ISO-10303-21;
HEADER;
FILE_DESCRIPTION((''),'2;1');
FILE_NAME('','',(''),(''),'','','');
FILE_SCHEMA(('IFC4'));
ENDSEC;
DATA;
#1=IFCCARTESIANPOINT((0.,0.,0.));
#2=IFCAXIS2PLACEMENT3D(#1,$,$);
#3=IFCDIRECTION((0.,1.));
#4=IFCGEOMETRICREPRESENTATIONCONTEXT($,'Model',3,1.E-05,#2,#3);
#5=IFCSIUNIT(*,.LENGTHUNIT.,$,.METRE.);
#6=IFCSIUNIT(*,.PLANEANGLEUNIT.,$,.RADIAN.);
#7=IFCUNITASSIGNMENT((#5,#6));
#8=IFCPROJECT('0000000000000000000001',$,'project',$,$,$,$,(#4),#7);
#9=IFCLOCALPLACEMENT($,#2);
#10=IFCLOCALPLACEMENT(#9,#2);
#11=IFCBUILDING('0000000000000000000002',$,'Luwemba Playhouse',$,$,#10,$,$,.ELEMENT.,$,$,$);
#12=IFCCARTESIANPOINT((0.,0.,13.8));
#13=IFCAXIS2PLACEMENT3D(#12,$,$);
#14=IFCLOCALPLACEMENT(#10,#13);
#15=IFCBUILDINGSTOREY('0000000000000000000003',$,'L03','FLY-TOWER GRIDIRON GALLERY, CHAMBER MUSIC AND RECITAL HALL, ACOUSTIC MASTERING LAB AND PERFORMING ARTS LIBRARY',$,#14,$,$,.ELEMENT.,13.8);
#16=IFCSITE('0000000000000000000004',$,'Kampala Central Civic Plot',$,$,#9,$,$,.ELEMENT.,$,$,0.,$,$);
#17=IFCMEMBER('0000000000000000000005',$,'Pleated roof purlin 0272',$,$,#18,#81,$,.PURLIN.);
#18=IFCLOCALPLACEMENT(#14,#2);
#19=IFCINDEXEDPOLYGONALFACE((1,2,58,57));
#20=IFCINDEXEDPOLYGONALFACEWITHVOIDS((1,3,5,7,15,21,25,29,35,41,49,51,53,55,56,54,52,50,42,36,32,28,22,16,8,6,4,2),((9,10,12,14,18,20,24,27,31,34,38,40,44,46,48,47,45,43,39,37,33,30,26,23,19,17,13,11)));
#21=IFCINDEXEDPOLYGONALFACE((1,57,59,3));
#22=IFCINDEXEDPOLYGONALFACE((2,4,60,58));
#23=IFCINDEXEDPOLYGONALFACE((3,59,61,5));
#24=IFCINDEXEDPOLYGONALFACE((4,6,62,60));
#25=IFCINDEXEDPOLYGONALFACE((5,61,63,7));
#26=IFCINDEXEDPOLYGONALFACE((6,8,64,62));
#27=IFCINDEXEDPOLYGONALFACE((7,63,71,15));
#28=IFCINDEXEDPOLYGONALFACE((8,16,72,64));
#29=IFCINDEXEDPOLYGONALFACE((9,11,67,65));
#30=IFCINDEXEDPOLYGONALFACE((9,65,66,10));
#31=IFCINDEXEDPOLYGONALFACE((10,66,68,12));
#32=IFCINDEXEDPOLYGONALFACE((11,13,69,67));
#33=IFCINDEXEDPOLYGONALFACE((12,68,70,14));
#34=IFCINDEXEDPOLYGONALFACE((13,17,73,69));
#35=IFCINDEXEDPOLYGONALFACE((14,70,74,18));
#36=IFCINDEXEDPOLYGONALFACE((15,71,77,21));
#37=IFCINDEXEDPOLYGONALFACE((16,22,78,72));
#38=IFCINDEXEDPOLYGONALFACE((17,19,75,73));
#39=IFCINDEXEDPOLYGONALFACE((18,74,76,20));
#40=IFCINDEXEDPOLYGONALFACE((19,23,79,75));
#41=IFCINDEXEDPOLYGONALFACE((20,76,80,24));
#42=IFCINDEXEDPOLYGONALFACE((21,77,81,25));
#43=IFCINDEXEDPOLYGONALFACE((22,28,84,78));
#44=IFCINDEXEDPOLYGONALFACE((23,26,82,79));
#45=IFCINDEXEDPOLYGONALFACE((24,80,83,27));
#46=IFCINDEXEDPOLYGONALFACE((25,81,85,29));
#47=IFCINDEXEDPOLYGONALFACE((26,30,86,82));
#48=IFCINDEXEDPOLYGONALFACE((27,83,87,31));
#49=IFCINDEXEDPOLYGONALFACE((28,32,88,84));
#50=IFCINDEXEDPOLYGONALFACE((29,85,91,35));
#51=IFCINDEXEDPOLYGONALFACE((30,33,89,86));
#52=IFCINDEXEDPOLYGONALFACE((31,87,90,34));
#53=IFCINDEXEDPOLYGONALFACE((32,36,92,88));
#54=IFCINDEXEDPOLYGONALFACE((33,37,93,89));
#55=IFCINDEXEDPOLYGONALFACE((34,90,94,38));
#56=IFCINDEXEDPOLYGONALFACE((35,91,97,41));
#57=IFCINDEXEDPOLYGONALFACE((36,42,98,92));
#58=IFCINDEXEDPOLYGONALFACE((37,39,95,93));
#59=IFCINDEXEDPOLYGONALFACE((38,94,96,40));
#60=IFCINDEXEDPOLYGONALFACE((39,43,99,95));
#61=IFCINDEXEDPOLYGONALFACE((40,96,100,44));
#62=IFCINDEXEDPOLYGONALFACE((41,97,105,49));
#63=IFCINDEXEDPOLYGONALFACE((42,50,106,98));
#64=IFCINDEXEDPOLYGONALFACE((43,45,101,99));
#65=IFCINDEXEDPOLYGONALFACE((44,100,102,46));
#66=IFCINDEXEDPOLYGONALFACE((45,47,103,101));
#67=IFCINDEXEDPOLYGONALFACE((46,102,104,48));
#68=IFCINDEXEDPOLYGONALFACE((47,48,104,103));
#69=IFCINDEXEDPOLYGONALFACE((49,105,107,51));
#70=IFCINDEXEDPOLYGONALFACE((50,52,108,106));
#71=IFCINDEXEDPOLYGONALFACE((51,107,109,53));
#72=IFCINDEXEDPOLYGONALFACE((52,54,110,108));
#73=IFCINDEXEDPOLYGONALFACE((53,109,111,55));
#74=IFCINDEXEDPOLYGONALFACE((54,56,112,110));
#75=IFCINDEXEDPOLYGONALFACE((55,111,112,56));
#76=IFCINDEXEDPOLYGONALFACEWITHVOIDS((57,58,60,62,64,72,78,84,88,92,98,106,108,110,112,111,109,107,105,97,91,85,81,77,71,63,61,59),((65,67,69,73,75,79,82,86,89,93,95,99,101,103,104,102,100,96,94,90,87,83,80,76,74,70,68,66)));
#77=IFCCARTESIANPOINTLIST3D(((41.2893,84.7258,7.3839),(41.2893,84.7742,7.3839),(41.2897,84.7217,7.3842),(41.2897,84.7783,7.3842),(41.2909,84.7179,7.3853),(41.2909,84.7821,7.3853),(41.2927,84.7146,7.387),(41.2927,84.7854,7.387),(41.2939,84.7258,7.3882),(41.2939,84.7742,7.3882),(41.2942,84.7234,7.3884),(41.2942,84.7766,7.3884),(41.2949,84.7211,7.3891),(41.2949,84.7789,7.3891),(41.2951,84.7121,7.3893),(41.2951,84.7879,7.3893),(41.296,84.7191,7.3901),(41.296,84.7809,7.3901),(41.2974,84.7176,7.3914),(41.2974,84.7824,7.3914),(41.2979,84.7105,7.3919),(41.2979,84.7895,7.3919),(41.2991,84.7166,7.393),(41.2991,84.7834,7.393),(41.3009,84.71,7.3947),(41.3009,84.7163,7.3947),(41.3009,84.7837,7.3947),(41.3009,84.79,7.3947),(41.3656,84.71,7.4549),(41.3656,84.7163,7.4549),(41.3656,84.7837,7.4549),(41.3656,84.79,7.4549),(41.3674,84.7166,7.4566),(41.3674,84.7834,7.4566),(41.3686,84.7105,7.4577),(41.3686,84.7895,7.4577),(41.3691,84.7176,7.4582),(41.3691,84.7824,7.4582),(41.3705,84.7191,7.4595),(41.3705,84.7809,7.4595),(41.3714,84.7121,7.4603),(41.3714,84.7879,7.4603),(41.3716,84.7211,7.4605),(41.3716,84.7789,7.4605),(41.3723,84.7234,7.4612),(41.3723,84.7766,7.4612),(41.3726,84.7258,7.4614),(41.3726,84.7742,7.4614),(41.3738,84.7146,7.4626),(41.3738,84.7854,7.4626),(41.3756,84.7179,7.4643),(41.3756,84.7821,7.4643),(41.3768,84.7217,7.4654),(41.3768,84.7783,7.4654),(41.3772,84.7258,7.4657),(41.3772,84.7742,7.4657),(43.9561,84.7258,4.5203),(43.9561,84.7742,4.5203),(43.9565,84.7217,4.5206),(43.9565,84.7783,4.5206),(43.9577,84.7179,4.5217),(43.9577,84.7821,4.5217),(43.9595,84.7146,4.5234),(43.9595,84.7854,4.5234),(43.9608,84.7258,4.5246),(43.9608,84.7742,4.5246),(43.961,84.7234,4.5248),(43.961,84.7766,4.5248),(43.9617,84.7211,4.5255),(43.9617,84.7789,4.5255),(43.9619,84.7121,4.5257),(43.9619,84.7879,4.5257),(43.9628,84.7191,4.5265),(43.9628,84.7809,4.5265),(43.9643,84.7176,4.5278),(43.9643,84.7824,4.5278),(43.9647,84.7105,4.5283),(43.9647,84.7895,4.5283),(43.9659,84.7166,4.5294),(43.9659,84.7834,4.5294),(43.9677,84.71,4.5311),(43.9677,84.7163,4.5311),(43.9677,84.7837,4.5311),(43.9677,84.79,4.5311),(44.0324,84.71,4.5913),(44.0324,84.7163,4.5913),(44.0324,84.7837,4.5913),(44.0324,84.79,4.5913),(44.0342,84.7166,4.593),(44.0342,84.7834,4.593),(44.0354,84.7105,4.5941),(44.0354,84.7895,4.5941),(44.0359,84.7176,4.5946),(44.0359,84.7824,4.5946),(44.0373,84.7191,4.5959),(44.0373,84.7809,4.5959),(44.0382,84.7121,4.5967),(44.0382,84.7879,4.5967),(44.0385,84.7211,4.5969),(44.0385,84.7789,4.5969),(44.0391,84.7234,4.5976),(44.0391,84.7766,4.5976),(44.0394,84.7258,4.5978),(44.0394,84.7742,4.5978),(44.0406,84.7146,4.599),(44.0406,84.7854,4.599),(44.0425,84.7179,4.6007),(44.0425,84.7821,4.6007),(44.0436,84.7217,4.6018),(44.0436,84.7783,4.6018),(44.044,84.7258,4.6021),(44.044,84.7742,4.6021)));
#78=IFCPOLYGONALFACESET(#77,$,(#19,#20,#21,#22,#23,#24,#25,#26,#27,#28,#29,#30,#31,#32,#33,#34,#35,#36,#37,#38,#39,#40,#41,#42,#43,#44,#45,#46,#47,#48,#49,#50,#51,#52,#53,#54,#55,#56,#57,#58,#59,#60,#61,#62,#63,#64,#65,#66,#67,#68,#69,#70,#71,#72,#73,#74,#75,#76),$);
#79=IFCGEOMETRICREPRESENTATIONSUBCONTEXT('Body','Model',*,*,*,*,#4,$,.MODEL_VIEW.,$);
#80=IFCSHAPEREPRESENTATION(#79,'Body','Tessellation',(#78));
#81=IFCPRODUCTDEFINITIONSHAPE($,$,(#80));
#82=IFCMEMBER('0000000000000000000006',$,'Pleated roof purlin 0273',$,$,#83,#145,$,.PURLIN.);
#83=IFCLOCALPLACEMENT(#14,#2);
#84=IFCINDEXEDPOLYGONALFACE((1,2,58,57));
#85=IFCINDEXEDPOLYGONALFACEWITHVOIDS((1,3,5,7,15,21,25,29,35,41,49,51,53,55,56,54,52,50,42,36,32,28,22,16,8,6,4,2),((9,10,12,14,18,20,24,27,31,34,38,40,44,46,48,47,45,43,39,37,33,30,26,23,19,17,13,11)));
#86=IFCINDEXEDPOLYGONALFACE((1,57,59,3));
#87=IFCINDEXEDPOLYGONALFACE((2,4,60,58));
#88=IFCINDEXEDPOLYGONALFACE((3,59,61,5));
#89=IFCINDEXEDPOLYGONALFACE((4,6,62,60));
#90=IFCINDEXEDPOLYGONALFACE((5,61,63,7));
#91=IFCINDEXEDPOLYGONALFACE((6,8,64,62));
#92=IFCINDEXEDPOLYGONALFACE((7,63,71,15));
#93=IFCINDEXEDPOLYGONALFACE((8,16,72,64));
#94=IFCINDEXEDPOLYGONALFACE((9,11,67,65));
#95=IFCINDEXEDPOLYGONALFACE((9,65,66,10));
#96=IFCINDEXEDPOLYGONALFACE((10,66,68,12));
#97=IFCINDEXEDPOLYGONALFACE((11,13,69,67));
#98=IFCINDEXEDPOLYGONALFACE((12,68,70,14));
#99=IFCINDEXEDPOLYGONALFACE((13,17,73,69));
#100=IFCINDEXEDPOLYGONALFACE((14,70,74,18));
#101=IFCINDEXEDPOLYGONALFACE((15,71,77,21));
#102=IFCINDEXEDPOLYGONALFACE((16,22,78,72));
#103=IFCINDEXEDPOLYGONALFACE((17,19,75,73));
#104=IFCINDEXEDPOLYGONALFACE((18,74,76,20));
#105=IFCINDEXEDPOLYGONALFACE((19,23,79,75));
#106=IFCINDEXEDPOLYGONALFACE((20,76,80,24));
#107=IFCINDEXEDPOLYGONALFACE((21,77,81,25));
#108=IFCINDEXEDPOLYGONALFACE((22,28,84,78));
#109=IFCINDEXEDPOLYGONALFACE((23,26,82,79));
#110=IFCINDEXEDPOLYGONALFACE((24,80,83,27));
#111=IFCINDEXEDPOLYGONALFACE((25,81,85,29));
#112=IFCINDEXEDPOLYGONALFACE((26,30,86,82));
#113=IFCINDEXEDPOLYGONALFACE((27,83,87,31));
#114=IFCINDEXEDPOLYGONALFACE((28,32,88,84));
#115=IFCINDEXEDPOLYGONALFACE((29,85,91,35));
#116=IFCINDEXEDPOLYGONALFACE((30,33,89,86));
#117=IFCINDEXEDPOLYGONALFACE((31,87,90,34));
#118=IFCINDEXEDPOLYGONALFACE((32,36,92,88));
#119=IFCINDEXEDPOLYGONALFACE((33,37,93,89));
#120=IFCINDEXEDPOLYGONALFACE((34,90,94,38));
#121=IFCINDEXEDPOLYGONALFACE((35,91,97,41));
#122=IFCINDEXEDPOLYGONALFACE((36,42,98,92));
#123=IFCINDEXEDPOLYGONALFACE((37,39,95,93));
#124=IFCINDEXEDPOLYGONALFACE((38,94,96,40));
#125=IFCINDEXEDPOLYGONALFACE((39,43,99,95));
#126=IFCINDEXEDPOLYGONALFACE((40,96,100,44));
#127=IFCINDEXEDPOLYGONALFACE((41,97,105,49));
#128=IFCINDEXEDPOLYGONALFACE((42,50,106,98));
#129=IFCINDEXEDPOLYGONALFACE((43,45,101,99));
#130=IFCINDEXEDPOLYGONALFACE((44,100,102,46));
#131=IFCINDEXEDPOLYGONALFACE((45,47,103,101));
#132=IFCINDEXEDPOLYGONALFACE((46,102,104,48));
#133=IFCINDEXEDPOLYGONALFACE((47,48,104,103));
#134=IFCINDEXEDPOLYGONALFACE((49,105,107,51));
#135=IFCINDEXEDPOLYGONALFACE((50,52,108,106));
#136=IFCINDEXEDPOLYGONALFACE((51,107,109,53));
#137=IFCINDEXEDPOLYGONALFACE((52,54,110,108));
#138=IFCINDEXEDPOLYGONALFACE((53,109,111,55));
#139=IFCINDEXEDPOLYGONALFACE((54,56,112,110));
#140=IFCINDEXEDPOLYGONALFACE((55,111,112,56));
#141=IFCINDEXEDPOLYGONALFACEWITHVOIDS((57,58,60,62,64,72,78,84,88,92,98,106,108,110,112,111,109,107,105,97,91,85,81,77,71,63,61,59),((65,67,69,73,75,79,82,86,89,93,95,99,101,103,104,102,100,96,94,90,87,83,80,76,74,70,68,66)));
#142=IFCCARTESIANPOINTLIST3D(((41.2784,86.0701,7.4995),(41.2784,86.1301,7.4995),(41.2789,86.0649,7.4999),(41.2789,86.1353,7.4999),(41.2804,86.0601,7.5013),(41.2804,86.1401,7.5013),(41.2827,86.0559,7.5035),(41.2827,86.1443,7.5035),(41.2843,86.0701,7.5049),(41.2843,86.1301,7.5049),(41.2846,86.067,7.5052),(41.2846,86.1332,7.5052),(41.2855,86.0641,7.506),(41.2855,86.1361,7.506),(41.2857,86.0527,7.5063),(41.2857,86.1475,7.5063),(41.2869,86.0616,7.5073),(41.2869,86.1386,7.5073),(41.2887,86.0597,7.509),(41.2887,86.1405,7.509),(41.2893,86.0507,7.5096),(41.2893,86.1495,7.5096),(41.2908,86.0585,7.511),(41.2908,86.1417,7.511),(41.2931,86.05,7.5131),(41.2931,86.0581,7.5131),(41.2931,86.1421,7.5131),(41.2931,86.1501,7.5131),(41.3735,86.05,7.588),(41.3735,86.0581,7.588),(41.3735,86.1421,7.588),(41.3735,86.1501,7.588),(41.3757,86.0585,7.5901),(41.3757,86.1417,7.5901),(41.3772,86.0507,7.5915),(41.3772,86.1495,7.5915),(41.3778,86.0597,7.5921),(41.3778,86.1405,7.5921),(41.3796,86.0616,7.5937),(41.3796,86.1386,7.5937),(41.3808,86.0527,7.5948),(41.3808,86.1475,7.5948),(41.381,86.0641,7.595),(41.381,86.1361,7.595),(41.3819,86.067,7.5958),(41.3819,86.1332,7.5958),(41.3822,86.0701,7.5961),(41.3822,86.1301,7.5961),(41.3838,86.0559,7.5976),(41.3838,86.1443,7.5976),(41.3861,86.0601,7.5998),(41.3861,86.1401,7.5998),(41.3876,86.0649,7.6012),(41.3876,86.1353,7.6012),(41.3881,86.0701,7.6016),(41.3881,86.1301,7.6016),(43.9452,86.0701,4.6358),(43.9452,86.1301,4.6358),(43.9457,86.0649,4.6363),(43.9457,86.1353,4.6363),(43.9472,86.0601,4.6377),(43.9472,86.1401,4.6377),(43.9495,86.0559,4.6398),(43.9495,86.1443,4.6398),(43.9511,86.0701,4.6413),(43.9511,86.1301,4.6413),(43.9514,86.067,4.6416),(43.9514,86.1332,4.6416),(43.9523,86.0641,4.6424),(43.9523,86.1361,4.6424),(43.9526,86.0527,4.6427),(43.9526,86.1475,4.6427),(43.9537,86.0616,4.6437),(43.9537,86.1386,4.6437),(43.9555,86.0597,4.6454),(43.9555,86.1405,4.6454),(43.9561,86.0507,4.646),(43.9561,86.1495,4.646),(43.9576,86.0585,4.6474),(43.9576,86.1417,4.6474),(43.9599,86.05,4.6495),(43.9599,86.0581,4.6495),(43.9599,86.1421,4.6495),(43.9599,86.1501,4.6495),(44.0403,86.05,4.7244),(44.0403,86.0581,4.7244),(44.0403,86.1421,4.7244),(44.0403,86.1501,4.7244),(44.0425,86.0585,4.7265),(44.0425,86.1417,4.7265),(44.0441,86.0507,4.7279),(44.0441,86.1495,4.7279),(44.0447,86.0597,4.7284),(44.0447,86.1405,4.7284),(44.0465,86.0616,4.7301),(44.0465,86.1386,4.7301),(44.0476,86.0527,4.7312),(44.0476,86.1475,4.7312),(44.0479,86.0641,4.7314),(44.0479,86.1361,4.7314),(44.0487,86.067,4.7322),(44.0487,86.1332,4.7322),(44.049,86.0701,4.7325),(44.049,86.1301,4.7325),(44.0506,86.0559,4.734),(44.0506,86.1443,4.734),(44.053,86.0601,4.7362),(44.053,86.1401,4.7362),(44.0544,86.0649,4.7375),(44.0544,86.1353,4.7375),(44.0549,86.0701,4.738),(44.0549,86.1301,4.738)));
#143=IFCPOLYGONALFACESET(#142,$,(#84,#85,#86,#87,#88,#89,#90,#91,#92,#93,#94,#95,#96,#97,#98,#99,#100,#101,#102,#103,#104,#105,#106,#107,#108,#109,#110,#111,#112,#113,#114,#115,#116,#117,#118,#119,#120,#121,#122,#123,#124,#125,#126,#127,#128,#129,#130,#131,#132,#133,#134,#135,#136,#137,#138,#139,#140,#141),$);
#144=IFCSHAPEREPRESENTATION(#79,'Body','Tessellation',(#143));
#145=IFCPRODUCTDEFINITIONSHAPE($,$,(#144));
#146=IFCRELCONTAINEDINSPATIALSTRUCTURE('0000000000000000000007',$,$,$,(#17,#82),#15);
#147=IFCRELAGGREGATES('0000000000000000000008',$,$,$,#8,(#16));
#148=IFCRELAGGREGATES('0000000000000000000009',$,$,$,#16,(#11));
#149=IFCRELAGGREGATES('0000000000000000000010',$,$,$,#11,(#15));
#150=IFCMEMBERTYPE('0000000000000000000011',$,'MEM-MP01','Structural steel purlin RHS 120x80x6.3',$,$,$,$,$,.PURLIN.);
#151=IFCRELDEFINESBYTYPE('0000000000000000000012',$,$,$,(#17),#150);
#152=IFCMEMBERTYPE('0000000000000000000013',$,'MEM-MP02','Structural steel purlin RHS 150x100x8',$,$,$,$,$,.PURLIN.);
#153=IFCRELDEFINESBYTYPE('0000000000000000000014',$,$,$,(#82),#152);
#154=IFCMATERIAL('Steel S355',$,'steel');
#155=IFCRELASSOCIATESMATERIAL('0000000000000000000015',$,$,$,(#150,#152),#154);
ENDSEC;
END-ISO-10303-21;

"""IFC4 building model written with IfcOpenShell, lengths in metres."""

from ifc_helpers import new_model, si_unit, direction, frame, origin, origin_2d, place, context, subcontext, project, spatial, hollow_rectangle, extrude, material, material_profile, profile_set, type_object, element, save


model = new_model("IFC4")

# Units and contexts
model_context = context("Model", 3, precision=1e-05, world=origin(), true_north=direction((0.0, 1.0)))
body_context = subcontext(model_context, "Body", "Model", "MODEL_VIEW")
ifc_project = project(units=[si_unit("LENGTHUNIT", "METRE"), si_unit("PLANEANGLEUNIT", "RADIAN")], contexts=[model_context])

# Site, building, storey
site_placement = place(None, origin())
site = spatial("IfcSite", under=ifc_project, at=site_placement, Name="Kampala Central Civic Plot", CompositionType="ELEMENT", RefElevation=0.0)
building_placement = place(site_placement, origin())
building = spatial("IfcBuilding", under=site, at=building_placement, Name="Luwemba Playhouse", CompositionType="ELEMENT")
storey_placement = place(building_placement, frame((0.0, 0.0, 13.8)))
storey = spatial("IfcBuildingStorey", under=building, at=storey_placement, Name="L03", Description="FLY-TOWER GRIDIRON GALLERY, CHAMBER MUSIC AND RECITAL HALL, ACOUSTIC MASTERING LAB AND PERFORMING ARTS LIBRARY", CompositionType="ELEMENT", Elevation=13.8)

# Shared definitions
ifc_material_1 = material(Name="Steel S355", Category="steel")

# Members
ifc_material_profile_1 = material_profile(ifc_material_1, hollow_rectangle(XDim=0.0801, YDim=0.1201, WallThickness=0.0063, InnerFilletRadius=0.0095, OuterFilletRadius=0.0159, at=origin_2d()))
ifc_profile_set_1 = profile_set([ifc_material_profile_1], Name="Steel S355")
member_type_1 = type_object("IfcMemberType", Name="MEM-MP01", Description="Structural steel purlin RHS 120x80x6.3", PredefinedType="PURLIN", material=ifc_profile_set_1)
member_1_placement = place(storey_placement, frame((41.3333, 84.75, 7.4248), z_axis=(0.681515, 0.0, -0.731804), x_axis=(0.0, 1.0, 0.0)))
element("IfcMember", 1, at=member_1_placement, inside=storey, type_object=member_type_1, Name="Pleated roof purlin 0272", PredefinedType="PURLIN", context=body_context, shape_type="SweptSolid", body=[
    extrude(hollow_rectangle(XDim=0.0801, YDim=0.1201, WallThickness=0.0063, InnerFilletRadius=0.0095, OuterFilletRadius=0.0159, at=origin_2d()), origin(), (0.0, 0.0, 1.0), 3.9131),
])
ifc_material_profile_2 = material_profile(ifc_material_1, hollow_rectangle(XDim=0.1001, YDim=0.1499, WallThickness=0.0081, InnerFilletRadius=0.012, OuterFilletRadius=0.02, at=origin_2d()))
ifc_profile_set_2 = profile_set([ifc_material_profile_2], Name="Steel S355")
member_type_2 = type_object("IfcMemberType", Name="MEM-MP02", Description="Structural steel purlin RHS 150x100x8", PredefinedType="PURLIN", material=ifc_profile_set_2)
member_2_placement = place(storey_placement, frame((41.3333, 86.1001, 7.5505), z_axis=(0.681515, 0.0, -0.731804), x_axis=(0.0, 1.0, 0.0)))
element("IfcMember", 2, at=member_2_placement, inside=storey, type_object=member_type_2, Name="Pleated roof purlin 0273", PredefinedType="PURLIN", context=body_context, shape_type="SweptSolid", body=[
    extrude(hollow_rectangle(XDim=0.1001, YDim=0.1499, WallThickness=0.0081, InnerFilletRadius=0.012, OuterFilletRadius=0.02, at=origin_2d()), origin(), (0.0, 0.0, 1.0), 3.9131),
])

save(model, "model.ifc")
